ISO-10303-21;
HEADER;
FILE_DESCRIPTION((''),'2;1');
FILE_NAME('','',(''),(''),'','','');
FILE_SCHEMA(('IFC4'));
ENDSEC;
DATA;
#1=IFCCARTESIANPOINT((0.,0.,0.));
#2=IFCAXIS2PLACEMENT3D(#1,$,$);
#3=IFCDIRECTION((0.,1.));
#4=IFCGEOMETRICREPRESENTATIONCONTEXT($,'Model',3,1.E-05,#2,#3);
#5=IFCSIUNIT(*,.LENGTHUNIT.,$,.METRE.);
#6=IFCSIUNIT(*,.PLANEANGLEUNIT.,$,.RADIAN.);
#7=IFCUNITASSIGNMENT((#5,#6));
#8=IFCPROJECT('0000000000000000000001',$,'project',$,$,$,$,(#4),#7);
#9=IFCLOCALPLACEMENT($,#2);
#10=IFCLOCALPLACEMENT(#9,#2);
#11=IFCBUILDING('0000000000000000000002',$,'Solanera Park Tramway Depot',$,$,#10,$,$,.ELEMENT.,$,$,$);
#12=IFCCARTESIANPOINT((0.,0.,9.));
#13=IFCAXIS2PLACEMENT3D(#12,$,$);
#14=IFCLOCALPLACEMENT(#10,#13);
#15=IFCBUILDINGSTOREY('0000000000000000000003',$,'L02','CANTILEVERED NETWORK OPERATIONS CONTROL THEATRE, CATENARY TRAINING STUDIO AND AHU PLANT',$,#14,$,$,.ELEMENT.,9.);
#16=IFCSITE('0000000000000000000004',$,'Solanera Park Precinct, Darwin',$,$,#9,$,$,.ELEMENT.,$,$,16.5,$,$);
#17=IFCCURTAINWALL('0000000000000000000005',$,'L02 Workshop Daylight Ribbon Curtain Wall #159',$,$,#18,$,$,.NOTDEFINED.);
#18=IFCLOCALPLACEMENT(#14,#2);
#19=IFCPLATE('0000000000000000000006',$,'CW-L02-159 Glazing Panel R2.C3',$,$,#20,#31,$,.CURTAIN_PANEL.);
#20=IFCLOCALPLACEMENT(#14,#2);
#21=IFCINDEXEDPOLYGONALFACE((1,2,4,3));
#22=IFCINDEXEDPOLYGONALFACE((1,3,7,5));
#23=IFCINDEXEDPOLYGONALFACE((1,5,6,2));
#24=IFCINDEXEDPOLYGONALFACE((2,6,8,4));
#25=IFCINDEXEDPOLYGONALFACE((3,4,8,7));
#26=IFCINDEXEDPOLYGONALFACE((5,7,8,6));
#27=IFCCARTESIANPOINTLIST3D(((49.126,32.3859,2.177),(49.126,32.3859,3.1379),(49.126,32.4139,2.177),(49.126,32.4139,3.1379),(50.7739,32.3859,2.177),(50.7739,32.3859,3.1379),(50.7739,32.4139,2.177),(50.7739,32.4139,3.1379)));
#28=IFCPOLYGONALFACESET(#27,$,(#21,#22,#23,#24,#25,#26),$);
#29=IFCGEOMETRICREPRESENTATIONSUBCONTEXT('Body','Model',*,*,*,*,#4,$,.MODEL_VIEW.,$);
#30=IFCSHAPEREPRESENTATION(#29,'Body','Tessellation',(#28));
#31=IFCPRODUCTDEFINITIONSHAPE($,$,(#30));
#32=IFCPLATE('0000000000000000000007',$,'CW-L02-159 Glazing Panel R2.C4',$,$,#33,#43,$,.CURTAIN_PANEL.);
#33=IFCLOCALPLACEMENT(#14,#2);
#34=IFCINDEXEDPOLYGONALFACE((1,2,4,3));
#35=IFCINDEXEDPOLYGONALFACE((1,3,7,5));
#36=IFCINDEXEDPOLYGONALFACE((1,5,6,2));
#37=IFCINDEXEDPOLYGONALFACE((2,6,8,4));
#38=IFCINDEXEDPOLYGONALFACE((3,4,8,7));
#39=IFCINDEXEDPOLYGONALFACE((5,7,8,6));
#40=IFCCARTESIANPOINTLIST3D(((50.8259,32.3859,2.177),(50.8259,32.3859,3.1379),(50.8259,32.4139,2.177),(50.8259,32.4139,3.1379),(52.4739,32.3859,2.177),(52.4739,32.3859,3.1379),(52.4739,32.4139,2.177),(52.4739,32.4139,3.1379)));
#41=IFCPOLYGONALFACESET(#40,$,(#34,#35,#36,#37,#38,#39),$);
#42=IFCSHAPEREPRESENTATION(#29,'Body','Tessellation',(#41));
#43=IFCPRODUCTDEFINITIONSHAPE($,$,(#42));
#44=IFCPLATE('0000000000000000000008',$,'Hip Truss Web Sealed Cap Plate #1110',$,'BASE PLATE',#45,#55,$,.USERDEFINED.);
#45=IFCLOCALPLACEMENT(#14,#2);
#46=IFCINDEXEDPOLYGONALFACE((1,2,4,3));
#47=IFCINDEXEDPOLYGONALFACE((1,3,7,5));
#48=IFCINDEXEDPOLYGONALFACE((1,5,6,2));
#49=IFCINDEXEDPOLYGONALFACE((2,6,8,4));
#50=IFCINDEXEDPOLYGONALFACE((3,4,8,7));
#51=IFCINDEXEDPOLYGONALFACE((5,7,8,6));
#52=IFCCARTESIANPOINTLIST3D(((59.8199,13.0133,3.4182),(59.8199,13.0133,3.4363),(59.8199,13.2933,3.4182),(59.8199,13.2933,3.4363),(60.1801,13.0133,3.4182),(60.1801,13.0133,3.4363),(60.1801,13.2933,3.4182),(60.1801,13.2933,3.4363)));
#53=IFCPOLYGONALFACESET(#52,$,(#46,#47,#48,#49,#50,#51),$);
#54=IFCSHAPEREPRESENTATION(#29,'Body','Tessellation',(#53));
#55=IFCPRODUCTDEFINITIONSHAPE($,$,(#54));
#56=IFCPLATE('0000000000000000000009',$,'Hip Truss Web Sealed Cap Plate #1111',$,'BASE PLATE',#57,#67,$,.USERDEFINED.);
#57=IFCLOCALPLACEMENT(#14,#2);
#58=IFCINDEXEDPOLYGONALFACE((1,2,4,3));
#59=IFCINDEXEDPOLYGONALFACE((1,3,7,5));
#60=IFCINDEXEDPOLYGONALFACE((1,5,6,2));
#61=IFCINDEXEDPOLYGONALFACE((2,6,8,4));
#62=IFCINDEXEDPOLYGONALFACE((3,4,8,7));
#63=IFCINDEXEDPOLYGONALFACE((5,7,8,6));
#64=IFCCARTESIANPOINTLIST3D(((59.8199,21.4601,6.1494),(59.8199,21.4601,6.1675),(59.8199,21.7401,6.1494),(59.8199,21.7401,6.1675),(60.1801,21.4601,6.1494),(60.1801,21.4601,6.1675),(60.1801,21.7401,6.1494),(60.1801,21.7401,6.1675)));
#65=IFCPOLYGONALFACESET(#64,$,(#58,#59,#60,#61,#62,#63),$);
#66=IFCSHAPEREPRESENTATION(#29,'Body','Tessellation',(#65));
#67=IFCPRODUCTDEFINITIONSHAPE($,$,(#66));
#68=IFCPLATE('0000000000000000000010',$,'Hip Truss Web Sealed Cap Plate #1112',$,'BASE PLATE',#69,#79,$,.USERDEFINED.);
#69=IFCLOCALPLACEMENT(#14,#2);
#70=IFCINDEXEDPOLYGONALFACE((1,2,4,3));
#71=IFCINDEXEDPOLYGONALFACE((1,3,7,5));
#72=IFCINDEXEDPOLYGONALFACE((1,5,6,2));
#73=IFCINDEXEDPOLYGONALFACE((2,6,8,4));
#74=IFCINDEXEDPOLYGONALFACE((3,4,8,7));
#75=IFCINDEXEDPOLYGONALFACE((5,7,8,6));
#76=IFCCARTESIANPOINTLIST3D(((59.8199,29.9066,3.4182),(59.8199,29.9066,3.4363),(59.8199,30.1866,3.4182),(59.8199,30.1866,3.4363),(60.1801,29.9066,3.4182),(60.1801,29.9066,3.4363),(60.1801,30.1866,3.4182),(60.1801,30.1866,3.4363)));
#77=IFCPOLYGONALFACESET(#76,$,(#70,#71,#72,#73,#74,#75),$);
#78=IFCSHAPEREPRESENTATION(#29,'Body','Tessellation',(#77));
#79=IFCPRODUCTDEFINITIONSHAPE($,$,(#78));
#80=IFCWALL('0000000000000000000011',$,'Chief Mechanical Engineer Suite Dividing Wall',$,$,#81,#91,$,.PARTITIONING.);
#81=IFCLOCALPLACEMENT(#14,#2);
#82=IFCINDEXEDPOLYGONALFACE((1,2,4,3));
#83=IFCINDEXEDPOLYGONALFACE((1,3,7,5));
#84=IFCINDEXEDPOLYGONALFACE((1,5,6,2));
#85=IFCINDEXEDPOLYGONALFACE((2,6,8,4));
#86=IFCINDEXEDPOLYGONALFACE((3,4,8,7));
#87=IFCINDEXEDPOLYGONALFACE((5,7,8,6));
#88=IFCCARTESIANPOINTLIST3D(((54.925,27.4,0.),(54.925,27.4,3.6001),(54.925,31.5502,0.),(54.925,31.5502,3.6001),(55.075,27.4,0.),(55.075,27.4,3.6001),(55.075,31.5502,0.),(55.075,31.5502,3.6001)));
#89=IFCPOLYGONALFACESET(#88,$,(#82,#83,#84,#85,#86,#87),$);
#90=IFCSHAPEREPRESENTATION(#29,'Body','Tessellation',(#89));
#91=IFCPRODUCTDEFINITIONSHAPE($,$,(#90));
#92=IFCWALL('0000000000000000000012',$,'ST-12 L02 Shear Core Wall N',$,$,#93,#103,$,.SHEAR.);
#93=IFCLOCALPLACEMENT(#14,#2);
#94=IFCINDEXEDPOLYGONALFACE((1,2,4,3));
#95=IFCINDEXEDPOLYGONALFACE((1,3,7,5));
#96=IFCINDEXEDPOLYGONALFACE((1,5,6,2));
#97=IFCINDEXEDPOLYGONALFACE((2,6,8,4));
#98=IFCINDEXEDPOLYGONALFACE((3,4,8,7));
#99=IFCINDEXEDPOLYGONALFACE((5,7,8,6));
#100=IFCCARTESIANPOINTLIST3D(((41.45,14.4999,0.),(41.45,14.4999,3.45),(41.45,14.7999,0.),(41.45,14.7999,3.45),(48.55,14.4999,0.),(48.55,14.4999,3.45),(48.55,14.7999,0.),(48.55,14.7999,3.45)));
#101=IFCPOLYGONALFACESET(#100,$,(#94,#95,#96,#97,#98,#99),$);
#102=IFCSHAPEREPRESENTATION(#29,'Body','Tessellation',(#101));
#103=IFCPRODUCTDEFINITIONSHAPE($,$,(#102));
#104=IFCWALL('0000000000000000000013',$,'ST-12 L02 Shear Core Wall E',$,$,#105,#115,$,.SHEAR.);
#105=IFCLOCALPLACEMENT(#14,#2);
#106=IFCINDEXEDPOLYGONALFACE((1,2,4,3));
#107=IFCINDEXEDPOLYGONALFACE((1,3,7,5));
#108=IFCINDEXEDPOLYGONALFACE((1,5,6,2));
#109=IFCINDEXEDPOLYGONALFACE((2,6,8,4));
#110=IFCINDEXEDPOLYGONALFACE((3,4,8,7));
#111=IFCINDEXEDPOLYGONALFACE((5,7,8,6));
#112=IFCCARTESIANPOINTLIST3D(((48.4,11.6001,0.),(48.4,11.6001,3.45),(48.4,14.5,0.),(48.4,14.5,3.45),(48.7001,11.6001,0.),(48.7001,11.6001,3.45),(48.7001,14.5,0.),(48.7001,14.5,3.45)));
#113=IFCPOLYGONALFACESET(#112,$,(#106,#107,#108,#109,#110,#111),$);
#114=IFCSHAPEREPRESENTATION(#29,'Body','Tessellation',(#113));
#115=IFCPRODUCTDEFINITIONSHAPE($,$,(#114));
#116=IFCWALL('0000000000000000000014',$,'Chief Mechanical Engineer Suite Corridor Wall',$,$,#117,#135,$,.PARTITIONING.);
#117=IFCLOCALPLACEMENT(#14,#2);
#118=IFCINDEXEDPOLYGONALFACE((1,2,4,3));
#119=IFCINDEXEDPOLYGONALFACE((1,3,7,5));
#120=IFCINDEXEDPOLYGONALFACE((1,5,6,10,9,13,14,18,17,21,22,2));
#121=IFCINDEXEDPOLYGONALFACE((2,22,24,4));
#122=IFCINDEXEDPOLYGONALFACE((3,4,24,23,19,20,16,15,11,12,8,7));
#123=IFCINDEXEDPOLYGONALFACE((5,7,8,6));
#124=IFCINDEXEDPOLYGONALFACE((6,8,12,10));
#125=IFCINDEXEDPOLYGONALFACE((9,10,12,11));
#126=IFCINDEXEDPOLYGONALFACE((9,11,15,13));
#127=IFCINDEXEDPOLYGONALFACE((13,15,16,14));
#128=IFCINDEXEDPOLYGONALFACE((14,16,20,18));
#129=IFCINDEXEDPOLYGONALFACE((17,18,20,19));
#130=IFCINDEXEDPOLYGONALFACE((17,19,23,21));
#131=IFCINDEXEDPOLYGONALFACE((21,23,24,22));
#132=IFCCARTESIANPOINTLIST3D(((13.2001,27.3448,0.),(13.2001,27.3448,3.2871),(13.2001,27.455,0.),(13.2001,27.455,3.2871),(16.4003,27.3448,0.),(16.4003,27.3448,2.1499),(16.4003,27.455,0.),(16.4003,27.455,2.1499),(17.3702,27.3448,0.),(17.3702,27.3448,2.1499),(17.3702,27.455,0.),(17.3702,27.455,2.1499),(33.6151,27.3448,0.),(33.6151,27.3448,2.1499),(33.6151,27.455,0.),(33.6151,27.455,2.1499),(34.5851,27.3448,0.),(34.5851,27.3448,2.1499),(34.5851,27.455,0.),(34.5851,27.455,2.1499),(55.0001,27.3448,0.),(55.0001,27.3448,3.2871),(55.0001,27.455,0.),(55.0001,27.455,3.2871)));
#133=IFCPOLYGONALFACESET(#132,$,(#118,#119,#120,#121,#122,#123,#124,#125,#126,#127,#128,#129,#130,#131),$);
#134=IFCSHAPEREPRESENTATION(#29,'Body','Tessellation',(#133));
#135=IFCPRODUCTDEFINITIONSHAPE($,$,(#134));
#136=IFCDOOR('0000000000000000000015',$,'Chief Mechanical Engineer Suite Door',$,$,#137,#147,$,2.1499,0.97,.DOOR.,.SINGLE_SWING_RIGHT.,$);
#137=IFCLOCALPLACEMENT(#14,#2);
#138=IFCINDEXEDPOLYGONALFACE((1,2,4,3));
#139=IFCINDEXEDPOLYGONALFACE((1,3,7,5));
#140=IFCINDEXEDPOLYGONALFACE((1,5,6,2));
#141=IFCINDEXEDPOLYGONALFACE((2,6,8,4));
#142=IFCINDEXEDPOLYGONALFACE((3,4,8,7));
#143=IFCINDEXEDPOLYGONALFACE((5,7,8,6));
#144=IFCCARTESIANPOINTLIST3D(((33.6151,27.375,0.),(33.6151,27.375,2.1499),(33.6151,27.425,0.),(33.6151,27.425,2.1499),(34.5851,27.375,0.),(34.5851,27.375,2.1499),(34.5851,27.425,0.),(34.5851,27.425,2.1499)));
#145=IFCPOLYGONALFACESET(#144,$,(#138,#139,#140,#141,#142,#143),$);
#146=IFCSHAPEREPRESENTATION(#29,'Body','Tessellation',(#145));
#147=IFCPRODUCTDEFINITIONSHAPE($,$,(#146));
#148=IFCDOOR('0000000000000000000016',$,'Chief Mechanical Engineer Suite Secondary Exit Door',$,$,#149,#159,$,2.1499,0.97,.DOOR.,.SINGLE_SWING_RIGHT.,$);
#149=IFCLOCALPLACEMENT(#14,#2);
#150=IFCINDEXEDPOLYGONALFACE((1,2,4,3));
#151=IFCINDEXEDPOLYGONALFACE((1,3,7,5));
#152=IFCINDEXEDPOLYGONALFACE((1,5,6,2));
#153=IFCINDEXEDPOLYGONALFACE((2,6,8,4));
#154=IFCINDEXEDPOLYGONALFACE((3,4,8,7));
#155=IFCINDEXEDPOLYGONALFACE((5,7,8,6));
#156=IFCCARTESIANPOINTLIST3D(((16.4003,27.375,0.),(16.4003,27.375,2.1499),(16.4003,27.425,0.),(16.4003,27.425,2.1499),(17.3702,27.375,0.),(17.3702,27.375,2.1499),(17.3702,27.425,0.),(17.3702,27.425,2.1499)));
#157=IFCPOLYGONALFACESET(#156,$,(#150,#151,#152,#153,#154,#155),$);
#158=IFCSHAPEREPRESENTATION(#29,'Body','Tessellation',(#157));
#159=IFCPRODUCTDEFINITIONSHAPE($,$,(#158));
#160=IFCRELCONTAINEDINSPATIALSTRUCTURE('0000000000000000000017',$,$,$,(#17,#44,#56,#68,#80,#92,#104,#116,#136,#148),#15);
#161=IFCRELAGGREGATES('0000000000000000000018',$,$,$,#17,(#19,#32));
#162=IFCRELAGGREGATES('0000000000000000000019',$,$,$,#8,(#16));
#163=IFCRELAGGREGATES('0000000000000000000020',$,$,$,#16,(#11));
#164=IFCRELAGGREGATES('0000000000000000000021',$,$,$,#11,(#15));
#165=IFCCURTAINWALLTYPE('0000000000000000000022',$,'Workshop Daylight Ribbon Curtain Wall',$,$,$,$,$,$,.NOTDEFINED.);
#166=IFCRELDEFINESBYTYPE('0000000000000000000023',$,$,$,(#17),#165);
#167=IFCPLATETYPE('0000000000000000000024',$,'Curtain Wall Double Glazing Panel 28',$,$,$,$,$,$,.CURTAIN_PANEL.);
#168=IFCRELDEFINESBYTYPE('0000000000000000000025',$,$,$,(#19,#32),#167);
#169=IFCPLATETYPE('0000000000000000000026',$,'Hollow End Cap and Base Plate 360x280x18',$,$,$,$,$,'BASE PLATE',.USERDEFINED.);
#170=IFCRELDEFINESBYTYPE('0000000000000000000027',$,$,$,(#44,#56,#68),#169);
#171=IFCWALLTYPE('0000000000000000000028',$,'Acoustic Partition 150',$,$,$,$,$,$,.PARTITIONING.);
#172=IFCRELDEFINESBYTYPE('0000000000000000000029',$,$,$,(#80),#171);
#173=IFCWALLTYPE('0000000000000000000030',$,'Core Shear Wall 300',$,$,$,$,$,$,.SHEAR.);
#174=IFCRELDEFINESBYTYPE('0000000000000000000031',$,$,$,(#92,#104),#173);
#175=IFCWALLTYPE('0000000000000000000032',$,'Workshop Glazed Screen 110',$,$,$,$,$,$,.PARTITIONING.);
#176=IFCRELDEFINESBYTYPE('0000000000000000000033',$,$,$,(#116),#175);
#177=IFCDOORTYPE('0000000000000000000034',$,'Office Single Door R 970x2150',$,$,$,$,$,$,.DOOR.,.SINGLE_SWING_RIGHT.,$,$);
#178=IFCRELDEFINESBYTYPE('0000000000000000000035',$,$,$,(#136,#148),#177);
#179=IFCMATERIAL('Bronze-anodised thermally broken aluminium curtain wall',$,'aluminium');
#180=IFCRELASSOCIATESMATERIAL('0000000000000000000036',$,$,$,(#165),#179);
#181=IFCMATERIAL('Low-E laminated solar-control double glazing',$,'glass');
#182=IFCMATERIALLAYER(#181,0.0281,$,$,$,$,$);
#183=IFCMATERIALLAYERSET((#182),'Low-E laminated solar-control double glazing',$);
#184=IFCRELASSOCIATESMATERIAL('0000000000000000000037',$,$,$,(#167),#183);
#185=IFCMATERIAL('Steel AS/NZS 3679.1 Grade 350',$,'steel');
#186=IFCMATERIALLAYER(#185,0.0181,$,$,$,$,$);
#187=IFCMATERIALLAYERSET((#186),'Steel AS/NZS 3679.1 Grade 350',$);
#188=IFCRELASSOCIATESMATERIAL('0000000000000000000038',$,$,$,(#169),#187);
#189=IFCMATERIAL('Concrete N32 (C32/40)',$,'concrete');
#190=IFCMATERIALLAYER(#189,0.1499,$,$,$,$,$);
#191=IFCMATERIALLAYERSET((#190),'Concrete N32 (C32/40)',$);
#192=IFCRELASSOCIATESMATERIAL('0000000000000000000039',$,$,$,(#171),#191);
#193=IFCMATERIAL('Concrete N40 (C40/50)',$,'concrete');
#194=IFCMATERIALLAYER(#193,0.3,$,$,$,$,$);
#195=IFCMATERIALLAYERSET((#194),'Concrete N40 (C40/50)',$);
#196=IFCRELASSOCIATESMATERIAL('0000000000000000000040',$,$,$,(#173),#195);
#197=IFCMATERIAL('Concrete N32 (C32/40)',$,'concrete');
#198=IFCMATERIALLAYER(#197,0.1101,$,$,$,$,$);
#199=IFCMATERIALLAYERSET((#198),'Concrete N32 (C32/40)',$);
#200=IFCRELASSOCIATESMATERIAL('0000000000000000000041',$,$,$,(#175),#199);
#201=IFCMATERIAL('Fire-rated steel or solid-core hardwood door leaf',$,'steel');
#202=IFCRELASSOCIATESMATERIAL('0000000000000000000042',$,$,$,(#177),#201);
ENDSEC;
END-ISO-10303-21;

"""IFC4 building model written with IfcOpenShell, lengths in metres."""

from ifc_helpers import new_model, si_unit, direction, frame, frame_2d, origin, origin_2d, place, context, subcontext, project, spatial, rectangle, extrude, material, layer, layer_set, type_object, element, fill, aggregate, save


model = new_model("IFC4")

# Units and contexts
model_context = context("Model", 3, precision=1e-05, world=origin(), true_north=direction((0.0, 1.0)))
body_context = subcontext(model_context, "Body", "Model", "MODEL_VIEW")
ifc_project = project(units=[si_unit("LENGTHUNIT", "METRE"), si_unit("PLANEANGLEUNIT", "RADIAN")], contexts=[model_context])

# Site, building, storey
site_placement = place(None, origin())
site = spatial("IfcSite", under=ifc_project, at=site_placement, Name="Solanera Park Precinct, Darwin", CompositionType="ELEMENT", RefElevation=16.5)
building_placement = place(site_placement, origin())
building = spatial("IfcBuilding", under=site, at=building_placement, Name="Solanera Park Tramway Depot", CompositionType="ELEMENT")
storey_placement = place(building_placement, frame((0.0, 0.0, 9.0)))
storey = spatial("IfcBuildingStorey", under=building, at=storey_placement, Name="L02", Description="CANTILEVERED NETWORK OPERATIONS CONTROL THEATRE, CATENARY TRAINING STUDIO AND AHU PLANT", CompositionType="ELEMENT", Elevation=9.0)

# Curtain wall
ifc_material_1 = material(Name="Bronze-anodised thermally broken aluminium curtain wall", Category="aluminium")
curtain_wall_type = type_object("IfcCurtainWallType", Name="Workshop Daylight Ribbon Curtain Wall", PredefinedType="NOTDEFINED", material=ifc_material_1)
curtain_wall_placement = place(storey_placement, origin())
curtain_wall = element("IfcCurtainWall", 1, at=curtain_wall_placement, inside=storey, type_object=curtain_wall_type, Name="L02 Workshop Daylight Ribbon Curtain Wall #159", PredefinedType="NOTDEFINED")

# Plates
ifc_material_2 = material(Name="Low-E laminated solar-control double glazing", Category="glass")
ifc_layer_1 = layer(ifc_material_2, 0.0281)
ifc_layer_set_1 = layer_set([ifc_layer_1], Name="Low-E laminated solar-control double glazing")
plate_type_1 = type_object("IfcPlateType", Name="Curtain Wall Double Glazing Panel 28", PredefinedType="CURTAIN_PANEL", material=ifc_layer_set_1)
plate_1_placement = place(storey_placement, frame((49.95, 32.3999, 2.177), z_axis=(0.0, 0.0, 1.0), x_axis=(1.0, 0.0, 0.0)))
plate_1 = element("IfcPlate", 2, at=plate_1_placement, type_object=plate_type_1, Name="CW-L02-159 Glazing Panel R2.C3", PredefinedType="CURTAIN_PANEL", context=body_context, shape_type="SweptSolid", body=[
    extrude(rectangle(XDim=1.6479, YDim=0.0281, at=origin_2d()), origin(), (0.0, 0.0, 1.0), 0.9609),
])
plate_2_placement = place(storey_placement, frame((51.6499, 32.3999, 2.177), z_axis=(0.0, 0.0, 1.0), x_axis=(1.0, 0.0, 0.0)))
plate_2 = element("IfcPlate", 3, at=plate_2_placement, type_object=plate_type_1, Name="CW-L02-159 Glazing Panel R2.C4", PredefinedType="CURTAIN_PANEL", context=body_context, shape_type="SweptSolid", body=[
    extrude(rectangle(XDim=1.6479, YDim=0.0281, at=origin_2d()), origin(), (0.0, 0.0, 1.0), 0.9609),
])
aggregate(curtain_wall, [plate_1, plate_2])

# Plates
ifc_material_3 = material(Name="Steel AS/NZS 3679.1 Grade 350", Category="steel")
ifc_layer_2 = layer(ifc_material_3, 0.0181)
ifc_layer_set_2 = layer_set([ifc_layer_2], Name="Steel AS/NZS 3679.1 Grade 350")
plate_type_2 = type_object("IfcPlateType", Name="Hollow End Cap and Base Plate 360x280x18", ElementType="BASE PLATE", PredefinedType="USERDEFINED", material=ifc_layer_set_2)
for number, where, z_axis, x_axis, name in (
    (4, (60.0, 13.1533, 3.4182), (0.0, 0.0, 1.0), (1.0, 0.0, 0.0), "Hip Truss Web Sealed Cap Plate #1110"),
    (5, (60.0, 21.6001, 6.1494), (0.0, 0.0, 1.0), (1.0, 0.0, 0.0), "Hip Truss Web Sealed Cap Plate #1111"),
    (6, (60.0, 30.0466, 3.4182), (0.0, 0.0, 1.0), (1.0, 0.0, 0.0), "Hip Truss Web Sealed Cap Plate #1112"),
):
    element("IfcPlate", number, at=place(storey_placement, frame(where, z_axis=z_axis, x_axis=x_axis)), inside=storey, type_object=plate_type_2, Name=name, ObjectType="BASE PLATE", PredefinedType="USERDEFINED", context=body_context, shape_type="SweptSolid", body=[
        extrude(rectangle(XDim=0.3601, YDim=0.28, at=origin_2d()), origin(), (0.0, 0.0, 1.0), 0.0181),
    ])

# Walls
ifc_material_4 = material(Name="Concrete N32 (C32/40)", Category="concrete")
ifc_layer_3 = layer(ifc_material_4, 0.1499)
ifc_layer_set_3 = layer_set([ifc_layer_3], Name="Concrete N32 (C32/40)")
wall_type_1 = type_object("IfcWallType", Name="Acoustic Partition 150", PredefinedType="PARTITIONING", material=ifc_layer_set_3)
wall_1_placement = place(storey_placement, frame((55.0, 27.3999, 0.0), z_axis=(0.0, 0.0, 1.0), x_axis=(0.0, 1.0, 0.0)))
element("IfcWall", 7, at=wall_1_placement, inside=storey, type_object=wall_type_1, Name="Chief Mechanical Engineer Suite Dividing Wall", PredefinedType="PARTITIONING", context=body_context, shape_type="SweptSolid", body=[
    extrude(rectangle(XDim=4.1501, YDim=0.1499, at=frame_2d((2.0752, 0.0))), origin(), (0.0, 0.0, 1.0), 3.6001),
])
ifc_material_5 = material(Name="Concrete N40 (C40/50)", Category="concrete")
ifc_layer_4 = layer(ifc_material_5, 0.3)
ifc_layer_set_4 = layer_set([ifc_layer_4], Name="Concrete N40 (C40/50)")
wall_type_2 = type_object("IfcWallType", Name="Core Shear Wall 300", PredefinedType="SHEAR", material=ifc_layer_set_4)
wall_2_placement = place(storey_placement, frame((48.55, 14.6499, 0.0), z_axis=(0.0, 0.0, 1.0), x_axis=(-1.0, 0.0, 0.0)))
element("IfcWall", 8, at=wall_2_placement, inside=storey, type_object=wall_type_2, Name="ST-12 L02 Shear Core Wall N", PredefinedType="SHEAR", context=body_context, shape_type="SweptSolid", body=[
    extrude(rectangle(XDim=7.1001, YDim=0.3, at=frame_2d((3.55, 0.0))), origin(), (0.0, 0.0, 1.0), 3.45),
])
wall_3_placement = place(storey_placement, frame((48.55, 11.6001, 0.0), z_axis=(0.0, 0.0, 1.0), x_axis=(0.0, 1.0, 0.0)))
element("IfcWall", 9, at=wall_3_placement, inside=storey, type_object=wall_type_2, Name="ST-12 L02 Shear Core Wall E", PredefinedType="SHEAR", context=body_context, shape_type="SweptSolid", body=[
    extrude(rectangle(XDim=2.8999, YDim=0.3, at=frame_2d((1.45, 0.0))), origin(), (0.0, 0.0, 1.0), 3.45),
])

# Wall, openings, doors
ifc_material_6 = material(Name="Concrete N32 (C32/40)", Category="concrete")
ifc_layer_5 = layer(ifc_material_6, 0.1101)
ifc_layer_set_5 = layer_set([ifc_layer_5], Name="Concrete N32 (C32/40)")
wall_type_3 = type_object("IfcWallType", Name="Workshop Glazed Screen 110", PredefinedType="PARTITIONING", material=ifc_layer_set_5)
wall_4_placement = place(storey_placement, frame((55.0, 27.3999, 0.0), z_axis=(0.0, 0.0, 1.0), x_axis=(-1.0, 0.0, 0.0)))
wall_4 = element("IfcWall", 10, at=wall_4_placement, inside=storey, type_object=wall_type_3, Name="Chief Mechanical Engineer Suite Corridor Wall", PredefinedType="PARTITIONING", context=body_context, shape_type="SweptSolid", body=[
    extrude(rectangle(XDim=41.8, YDim=0.1101, at=frame_2d((20.8999, 0.0))), origin(), (0.0, 0.0, 1.0), 3.2871),
])
opening_1_placement = place(wall_4_placement, frame((20.415, 0.0, 0.0)))
opening_1 = element("IfcOpeningElement", 11, at=opening_1_placement, cuts=wall_4, PredefinedType="OPENING", context=body_context, shape_type="SweptSolid", body=[
    extrude(rectangle(XDim=0.97, YDim=2.1499, at=frame_2d((0.4849, 1.075))), frame((0.0, 0.0649, 0.0), z_axis=(0.0, -1.0, 0.0), x_axis=(1.0, 0.0, 0.0)), (0.0, 0.0, 1.0), 0.1301),
])
opening_2_placement = place(wall_4_placement, frame((37.6299, 0.0, 0.0)))
opening_2 = element("IfcOpeningElement", 12, at=opening_2_placement, cuts=wall_4, PredefinedType="OPENING", context=body_context, shape_type="SweptSolid", body=[
    extrude(rectangle(XDim=0.97, YDim=2.1499, at=frame_2d((0.4849, 1.075))), frame((0.0, 0.0649, 0.0), z_axis=(0.0, -1.0, 0.0), x_axis=(1.0, 0.0, 0.0)), (0.0, 0.0, 1.0), 0.1301),
])
ifc_material_7 = material(Name="Fire-rated steel or solid-core hardwood door leaf", Category="steel")
door_type = type_object("IfcDoorType", Name="Office Single Door R 970x2150", OperationType="SINGLE_SWING_RIGHT", PredefinedType="DOOR", material=ifc_material_7)
door_1_placement = place(opening_1_placement, origin())
door_1 = element("IfcDoor", 13, at=door_1_placement, inside=storey, type_object=door_type, Name="Chief Mechanical Engineer Suite Door", OperationType="SINGLE_SWING_RIGHT", OverallHeight=2.1499, OverallWidth=0.97, PredefinedType="DOOR", context=body_context, shape_type="SweptSolid", body=[
    extrude(rectangle(XDim=0.97, YDim=2.1499, at=frame_2d((0.4849, 1.075))), frame((0.0, 0.0249, 0.0), z_axis=(0.0, -1.0, 0.0), x_axis=(1.0, 0.0, 0.0)), (0.0, 0.0, 1.0), 0.05),
])
fill(opening_1, door_1)
door_2_placement = place(opening_2_placement, origin())
door_2 = element("IfcDoor", 14, at=door_2_placement, inside=storey, type_object=door_type, Name="Chief Mechanical Engineer Suite Secondary Exit Door", OperationType="SINGLE_SWING_RIGHT", OverallHeight=2.1499, OverallWidth=0.97, PredefinedType="DOOR", context=body_context, shape_type="SweptSolid", body=[
    extrude(rectangle(XDim=0.97, YDim=2.1499, at=frame_2d((0.4849, 1.075))), frame((0.0, 0.0249, 0.0), z_axis=(0.0, -1.0, 0.0), x_axis=(1.0, 0.0, 0.0)), (0.0, 0.0, 1.0), 0.05),
])
fill(opening_2, door_2)

save(model, "model.ifc")
